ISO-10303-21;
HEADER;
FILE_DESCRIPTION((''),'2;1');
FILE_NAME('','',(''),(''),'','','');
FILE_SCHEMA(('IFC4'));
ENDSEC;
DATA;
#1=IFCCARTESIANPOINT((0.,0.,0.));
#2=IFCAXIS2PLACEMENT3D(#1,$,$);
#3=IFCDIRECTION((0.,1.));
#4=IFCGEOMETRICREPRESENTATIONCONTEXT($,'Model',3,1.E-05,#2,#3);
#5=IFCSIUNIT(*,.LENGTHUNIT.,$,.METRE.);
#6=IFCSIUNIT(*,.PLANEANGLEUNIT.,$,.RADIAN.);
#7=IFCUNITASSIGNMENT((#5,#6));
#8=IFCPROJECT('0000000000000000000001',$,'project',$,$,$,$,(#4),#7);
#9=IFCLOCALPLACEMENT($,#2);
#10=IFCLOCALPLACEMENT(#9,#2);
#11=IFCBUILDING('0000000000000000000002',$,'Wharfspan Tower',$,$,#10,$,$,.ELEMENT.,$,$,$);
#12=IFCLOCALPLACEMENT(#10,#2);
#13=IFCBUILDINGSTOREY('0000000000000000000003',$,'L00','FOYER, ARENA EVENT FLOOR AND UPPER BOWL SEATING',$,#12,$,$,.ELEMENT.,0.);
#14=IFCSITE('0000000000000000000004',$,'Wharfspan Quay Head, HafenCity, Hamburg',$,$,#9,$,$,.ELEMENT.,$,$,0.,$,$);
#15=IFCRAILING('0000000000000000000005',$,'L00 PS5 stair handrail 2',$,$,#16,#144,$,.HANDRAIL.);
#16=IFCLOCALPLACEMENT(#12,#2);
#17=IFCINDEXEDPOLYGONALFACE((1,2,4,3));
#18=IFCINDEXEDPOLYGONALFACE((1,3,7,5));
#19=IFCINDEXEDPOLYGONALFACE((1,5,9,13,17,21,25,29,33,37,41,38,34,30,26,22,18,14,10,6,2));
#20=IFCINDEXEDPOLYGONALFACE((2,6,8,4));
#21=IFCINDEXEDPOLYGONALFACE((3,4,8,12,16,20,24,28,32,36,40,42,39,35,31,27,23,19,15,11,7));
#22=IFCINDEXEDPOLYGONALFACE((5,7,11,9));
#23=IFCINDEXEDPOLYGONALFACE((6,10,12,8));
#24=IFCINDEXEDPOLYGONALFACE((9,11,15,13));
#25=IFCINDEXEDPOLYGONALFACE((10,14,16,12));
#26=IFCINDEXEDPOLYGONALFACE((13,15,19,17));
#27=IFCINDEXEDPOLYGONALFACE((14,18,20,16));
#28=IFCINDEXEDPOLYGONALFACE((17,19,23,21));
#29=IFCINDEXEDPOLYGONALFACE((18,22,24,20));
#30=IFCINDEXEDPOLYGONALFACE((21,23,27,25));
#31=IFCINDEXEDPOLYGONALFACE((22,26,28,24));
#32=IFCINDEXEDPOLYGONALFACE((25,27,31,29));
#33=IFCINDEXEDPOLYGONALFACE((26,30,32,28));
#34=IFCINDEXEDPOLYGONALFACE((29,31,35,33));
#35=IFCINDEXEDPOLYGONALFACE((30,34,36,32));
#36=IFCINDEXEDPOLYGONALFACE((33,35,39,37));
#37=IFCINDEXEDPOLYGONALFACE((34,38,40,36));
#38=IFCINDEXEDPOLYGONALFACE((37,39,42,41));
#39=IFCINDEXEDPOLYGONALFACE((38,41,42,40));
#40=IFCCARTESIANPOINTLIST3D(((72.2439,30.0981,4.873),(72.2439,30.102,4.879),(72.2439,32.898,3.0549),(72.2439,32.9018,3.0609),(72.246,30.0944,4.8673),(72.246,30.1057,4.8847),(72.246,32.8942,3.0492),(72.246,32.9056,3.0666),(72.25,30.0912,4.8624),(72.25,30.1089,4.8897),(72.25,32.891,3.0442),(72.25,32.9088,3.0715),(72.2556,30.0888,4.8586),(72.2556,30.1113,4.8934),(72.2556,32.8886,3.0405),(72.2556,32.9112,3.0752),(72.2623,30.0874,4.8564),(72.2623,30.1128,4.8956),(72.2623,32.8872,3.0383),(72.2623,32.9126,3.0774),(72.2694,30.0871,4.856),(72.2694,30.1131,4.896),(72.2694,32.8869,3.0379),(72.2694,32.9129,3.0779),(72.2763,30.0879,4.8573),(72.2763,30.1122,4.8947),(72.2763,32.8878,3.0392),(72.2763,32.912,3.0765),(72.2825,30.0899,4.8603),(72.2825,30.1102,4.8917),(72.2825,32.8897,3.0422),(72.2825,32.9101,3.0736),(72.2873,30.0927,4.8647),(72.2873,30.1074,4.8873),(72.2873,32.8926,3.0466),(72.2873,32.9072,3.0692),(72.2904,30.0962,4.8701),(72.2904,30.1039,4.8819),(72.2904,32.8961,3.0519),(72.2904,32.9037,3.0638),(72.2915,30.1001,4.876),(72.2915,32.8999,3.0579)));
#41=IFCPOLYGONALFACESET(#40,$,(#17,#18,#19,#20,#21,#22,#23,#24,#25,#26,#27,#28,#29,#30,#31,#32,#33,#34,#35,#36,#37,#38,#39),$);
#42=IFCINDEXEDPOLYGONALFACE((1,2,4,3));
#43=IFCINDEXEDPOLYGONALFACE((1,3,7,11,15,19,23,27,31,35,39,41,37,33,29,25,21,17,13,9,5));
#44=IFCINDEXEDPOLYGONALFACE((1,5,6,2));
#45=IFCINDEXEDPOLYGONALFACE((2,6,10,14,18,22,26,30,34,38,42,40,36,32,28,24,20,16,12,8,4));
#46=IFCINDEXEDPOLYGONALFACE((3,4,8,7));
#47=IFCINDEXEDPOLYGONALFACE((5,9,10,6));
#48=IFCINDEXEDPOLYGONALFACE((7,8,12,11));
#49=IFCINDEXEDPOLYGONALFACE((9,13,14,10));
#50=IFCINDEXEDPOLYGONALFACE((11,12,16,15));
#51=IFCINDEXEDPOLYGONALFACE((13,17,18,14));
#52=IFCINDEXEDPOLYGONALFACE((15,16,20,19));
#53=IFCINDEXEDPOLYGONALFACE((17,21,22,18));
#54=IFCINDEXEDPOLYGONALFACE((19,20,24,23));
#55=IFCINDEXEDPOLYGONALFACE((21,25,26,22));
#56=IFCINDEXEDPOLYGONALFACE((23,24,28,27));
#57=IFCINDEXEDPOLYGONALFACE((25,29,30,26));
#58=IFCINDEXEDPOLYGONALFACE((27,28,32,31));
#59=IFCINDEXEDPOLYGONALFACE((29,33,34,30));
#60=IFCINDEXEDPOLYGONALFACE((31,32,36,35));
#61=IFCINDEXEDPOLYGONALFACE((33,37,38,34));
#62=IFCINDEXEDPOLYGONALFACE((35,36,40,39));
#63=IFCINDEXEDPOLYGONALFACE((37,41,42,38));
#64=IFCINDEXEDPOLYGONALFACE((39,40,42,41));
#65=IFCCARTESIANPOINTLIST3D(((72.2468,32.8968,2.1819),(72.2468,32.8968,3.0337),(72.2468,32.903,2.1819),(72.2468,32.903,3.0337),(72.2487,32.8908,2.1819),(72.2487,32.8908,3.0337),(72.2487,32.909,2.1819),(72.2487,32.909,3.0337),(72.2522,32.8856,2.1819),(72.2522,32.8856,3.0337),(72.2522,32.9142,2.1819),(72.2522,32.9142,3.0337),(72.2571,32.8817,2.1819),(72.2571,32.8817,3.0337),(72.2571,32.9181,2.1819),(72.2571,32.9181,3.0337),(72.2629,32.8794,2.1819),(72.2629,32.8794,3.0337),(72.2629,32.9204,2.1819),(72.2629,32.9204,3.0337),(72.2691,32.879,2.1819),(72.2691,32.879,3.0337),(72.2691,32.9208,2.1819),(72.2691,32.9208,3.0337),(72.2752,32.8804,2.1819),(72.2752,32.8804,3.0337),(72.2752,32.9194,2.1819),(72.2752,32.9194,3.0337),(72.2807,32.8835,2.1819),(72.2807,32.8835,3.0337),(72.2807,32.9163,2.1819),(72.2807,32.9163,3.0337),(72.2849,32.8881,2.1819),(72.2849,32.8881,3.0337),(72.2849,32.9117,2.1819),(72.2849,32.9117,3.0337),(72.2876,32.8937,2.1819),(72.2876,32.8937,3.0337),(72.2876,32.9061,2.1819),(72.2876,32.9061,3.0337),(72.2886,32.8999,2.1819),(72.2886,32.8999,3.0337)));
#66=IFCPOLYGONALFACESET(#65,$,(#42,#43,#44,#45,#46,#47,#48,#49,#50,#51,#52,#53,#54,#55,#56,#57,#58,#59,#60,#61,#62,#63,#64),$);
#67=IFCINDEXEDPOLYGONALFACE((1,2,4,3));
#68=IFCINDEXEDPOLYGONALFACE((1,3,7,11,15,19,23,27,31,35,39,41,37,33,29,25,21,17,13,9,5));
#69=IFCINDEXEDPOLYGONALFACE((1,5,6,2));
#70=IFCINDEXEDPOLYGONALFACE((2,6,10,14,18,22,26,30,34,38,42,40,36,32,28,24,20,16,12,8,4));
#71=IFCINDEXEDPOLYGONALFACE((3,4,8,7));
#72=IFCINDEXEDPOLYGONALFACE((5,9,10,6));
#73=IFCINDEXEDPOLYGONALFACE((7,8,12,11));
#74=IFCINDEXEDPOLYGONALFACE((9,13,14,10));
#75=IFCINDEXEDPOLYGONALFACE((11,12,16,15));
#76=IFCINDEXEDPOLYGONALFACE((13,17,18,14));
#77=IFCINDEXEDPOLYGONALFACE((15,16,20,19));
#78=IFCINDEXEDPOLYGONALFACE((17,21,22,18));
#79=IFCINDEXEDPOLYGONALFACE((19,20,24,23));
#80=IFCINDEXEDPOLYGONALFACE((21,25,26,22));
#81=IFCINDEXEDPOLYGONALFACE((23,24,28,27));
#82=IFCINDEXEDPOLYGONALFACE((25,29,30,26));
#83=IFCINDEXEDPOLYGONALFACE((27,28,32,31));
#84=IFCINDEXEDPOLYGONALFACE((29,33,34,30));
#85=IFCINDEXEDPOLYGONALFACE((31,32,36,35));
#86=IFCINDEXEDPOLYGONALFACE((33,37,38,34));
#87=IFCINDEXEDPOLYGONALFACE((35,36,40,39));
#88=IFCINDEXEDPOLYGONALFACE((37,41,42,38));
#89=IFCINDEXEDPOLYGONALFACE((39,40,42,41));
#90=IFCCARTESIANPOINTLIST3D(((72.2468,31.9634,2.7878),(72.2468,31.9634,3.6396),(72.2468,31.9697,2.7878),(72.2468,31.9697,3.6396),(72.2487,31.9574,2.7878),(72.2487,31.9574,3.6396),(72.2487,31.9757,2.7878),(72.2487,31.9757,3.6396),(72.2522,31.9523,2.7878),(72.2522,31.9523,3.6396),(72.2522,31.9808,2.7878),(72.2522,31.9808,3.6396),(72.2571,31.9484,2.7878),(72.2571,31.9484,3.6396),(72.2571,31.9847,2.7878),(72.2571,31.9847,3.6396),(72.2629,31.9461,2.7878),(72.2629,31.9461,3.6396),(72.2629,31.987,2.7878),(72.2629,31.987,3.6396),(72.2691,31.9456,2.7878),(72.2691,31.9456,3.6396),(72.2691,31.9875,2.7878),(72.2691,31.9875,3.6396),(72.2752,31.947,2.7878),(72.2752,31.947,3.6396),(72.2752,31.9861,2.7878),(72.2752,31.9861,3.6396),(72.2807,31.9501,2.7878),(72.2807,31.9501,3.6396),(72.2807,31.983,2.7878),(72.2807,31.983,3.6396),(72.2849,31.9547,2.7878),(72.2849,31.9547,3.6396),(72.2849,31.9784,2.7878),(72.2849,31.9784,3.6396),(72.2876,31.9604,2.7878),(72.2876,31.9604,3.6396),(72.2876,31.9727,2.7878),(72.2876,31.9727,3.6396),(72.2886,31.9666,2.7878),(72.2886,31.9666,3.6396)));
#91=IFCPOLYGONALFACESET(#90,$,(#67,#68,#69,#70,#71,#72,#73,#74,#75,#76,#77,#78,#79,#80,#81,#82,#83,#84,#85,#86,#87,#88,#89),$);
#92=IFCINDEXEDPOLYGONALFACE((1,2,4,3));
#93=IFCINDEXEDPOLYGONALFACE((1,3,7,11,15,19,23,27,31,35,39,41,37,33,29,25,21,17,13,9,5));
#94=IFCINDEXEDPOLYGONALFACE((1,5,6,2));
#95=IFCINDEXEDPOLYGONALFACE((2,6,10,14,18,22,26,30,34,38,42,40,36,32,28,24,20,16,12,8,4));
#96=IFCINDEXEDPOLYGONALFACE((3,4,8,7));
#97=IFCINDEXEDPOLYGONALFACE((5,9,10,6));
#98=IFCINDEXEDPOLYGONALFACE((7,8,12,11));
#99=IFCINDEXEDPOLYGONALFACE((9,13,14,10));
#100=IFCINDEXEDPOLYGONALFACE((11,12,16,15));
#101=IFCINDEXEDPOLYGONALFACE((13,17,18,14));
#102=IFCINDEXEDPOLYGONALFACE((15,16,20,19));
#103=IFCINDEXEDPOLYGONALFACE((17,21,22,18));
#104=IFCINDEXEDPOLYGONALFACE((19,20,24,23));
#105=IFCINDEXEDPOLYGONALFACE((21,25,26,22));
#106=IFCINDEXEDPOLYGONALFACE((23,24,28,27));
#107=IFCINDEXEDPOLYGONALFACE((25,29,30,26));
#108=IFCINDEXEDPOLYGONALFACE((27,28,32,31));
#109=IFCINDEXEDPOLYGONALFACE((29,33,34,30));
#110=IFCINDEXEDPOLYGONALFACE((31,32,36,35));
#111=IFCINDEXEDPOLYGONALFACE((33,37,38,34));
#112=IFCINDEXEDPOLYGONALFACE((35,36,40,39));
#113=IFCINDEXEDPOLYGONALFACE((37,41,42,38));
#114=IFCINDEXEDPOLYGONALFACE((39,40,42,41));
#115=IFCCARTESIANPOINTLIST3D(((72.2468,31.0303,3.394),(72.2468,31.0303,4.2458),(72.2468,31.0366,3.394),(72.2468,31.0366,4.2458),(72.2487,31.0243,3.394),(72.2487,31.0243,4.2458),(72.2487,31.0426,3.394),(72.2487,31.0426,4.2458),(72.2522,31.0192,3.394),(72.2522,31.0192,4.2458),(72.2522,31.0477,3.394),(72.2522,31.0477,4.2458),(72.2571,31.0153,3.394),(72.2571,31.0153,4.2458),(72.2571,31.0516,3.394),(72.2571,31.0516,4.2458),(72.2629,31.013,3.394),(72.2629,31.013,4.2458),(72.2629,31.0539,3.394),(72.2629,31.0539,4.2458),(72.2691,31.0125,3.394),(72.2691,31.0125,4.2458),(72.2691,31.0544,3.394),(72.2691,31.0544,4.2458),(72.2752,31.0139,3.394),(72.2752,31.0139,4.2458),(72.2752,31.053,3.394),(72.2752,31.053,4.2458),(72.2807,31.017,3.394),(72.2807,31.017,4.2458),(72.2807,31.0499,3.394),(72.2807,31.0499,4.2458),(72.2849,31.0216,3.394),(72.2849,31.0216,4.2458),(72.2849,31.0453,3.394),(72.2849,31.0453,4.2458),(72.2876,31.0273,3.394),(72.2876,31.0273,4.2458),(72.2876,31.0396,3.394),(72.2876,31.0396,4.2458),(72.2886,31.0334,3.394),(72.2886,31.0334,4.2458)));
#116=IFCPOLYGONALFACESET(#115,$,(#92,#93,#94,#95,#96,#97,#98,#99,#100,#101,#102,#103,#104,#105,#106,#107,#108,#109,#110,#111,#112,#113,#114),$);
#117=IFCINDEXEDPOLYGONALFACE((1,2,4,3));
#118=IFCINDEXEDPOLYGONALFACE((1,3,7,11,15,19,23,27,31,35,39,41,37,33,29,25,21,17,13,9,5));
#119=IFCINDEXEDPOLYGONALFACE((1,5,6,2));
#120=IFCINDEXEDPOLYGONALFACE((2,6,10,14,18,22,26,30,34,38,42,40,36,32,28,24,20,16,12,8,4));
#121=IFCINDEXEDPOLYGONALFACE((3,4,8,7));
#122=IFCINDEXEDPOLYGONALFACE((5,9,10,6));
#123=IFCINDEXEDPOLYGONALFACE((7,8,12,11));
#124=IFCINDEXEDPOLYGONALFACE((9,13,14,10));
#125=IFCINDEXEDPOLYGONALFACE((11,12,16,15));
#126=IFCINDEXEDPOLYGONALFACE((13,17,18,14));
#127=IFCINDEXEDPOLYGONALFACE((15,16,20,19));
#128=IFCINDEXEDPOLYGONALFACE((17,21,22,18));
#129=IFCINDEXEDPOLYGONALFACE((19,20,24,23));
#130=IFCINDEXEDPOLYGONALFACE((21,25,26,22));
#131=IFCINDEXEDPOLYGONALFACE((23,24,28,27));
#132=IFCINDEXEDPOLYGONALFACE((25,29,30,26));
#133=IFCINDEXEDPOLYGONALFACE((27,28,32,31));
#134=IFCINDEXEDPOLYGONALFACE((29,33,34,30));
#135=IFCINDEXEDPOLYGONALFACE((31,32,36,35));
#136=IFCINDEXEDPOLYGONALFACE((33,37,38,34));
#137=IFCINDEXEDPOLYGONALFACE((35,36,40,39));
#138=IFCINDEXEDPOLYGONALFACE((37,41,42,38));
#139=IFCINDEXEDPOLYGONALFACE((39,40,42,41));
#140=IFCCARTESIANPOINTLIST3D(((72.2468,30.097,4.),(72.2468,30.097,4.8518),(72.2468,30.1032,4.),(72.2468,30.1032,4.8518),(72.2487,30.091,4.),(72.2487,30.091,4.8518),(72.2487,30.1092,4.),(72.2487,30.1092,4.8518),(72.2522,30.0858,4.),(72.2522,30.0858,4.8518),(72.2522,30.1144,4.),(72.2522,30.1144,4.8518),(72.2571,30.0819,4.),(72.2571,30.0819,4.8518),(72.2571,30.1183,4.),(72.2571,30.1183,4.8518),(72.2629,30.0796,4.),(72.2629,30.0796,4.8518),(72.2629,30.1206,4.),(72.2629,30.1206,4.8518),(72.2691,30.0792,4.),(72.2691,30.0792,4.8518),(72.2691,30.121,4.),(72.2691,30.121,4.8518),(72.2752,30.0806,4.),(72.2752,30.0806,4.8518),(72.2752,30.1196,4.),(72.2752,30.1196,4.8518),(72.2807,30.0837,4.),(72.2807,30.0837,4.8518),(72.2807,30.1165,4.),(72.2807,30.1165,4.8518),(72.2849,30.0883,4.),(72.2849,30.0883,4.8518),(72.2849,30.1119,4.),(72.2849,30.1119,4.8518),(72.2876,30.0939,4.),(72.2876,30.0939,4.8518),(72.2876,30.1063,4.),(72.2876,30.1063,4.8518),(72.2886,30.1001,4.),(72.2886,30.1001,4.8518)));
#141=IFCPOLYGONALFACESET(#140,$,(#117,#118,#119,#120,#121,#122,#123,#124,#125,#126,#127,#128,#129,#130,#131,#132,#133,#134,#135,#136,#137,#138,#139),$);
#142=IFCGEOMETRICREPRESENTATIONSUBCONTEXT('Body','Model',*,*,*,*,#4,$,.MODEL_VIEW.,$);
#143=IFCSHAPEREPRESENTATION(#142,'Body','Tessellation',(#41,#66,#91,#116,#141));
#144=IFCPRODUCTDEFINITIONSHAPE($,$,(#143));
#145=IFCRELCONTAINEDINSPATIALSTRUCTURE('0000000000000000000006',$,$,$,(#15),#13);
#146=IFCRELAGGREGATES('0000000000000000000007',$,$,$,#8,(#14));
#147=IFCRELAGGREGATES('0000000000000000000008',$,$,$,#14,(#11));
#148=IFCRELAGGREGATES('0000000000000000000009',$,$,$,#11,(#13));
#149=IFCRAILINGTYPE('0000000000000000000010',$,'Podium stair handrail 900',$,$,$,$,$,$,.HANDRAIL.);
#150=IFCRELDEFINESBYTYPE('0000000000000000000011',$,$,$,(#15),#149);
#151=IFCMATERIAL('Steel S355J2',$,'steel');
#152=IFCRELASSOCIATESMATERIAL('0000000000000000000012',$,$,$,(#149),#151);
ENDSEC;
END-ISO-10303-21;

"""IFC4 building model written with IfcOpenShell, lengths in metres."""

from ifc_helpers import new_model, si_unit, direction, frame, origin, origin_2d, place, context, subcontext, project, spatial, circle, extrude, material, type_object, element, save


model = new_model("IFC4")

# Units and contexts
model_context = context("Model", 3, precision=1e-05, world=origin(), true_north=direction((0.0, 1.0)))
body_context = subcontext(model_context, "Body", "Model", "MODEL_VIEW")
ifc_project = project(units=[si_unit("LENGTHUNIT", "METRE"), si_unit("PLANEANGLEUNIT", "RADIAN")], contexts=[model_context])

# Site, building, storey
site_placement = place(None, origin())
site = spatial("IfcSite", under=ifc_project, at=site_placement, Name="Wharfspan Quay Head, HafenCity, Hamburg", CompositionType="ELEMENT", RefElevation=0.0)
building_placement = place(site_placement, origin())
building = spatial("IfcBuilding", under=site, at=building_placement, Name="Wharfspan Tower", CompositionType="ELEMENT")
storey_placement = place(building_placement, origin())
storey = spatial("IfcBuildingStorey", under=building, at=storey_placement, Name="L00", Description="FOYER, ARENA EVENT FLOOR AND UPPER BOWL SEATING", CompositionType="ELEMENT", Elevation=0.0)

# Railing
ifc_material_1 = material(Name="Steel S355J2", Category="steel")
railing_type_1 = type_object("IfcRailingType", Name="Podium stair handrail 900", PredefinedType="HANDRAIL", material=ifc_material_1)
for number, where, name in (
    (1, (72.2676, 32.8999, 2.1819), "L00 PS5 stair handrail 2"),
):
    element("IfcRailing", number, at=place(storey_placement, frame(where)), inside=storey, type_object=railing_type_1, Name=name, PredefinedType="HANDRAIL", context=body_context, shape_type="SweptSolid", body=[
        extrude(circle(Radius=0.0239, at=origin_2d()), frame((0.0, 0.0, 0.876), z_axis=(0.0, -0.838684, 0.544618), x_axis=(1.0, 0.0, 0.0)), (0.0, 0.0, 1.0), 3.3384),
        extrude(circle(Radius=0.021, at=origin_2d()), origin(), (0.0, 0.0, 1.0), 0.8518),
        extrude(circle(Radius=0.021, at=origin_2d()), frame((0.0, -0.9334, 0.606)), (0.0, 0.0, 1.0), 0.8518),
        extrude(circle(Radius=0.021, at=origin_2d()), frame((0.0, -1.8665, 1.2122)), (0.0, 0.0, 1.0), 0.8518),
        extrude(circle(Radius=0.021, at=origin_2d()), frame((0.0, -2.7998, 1.8181)), (0.0, 0.0, 1.0), 0.8518),
    ])

save(model, "model.ifc")
